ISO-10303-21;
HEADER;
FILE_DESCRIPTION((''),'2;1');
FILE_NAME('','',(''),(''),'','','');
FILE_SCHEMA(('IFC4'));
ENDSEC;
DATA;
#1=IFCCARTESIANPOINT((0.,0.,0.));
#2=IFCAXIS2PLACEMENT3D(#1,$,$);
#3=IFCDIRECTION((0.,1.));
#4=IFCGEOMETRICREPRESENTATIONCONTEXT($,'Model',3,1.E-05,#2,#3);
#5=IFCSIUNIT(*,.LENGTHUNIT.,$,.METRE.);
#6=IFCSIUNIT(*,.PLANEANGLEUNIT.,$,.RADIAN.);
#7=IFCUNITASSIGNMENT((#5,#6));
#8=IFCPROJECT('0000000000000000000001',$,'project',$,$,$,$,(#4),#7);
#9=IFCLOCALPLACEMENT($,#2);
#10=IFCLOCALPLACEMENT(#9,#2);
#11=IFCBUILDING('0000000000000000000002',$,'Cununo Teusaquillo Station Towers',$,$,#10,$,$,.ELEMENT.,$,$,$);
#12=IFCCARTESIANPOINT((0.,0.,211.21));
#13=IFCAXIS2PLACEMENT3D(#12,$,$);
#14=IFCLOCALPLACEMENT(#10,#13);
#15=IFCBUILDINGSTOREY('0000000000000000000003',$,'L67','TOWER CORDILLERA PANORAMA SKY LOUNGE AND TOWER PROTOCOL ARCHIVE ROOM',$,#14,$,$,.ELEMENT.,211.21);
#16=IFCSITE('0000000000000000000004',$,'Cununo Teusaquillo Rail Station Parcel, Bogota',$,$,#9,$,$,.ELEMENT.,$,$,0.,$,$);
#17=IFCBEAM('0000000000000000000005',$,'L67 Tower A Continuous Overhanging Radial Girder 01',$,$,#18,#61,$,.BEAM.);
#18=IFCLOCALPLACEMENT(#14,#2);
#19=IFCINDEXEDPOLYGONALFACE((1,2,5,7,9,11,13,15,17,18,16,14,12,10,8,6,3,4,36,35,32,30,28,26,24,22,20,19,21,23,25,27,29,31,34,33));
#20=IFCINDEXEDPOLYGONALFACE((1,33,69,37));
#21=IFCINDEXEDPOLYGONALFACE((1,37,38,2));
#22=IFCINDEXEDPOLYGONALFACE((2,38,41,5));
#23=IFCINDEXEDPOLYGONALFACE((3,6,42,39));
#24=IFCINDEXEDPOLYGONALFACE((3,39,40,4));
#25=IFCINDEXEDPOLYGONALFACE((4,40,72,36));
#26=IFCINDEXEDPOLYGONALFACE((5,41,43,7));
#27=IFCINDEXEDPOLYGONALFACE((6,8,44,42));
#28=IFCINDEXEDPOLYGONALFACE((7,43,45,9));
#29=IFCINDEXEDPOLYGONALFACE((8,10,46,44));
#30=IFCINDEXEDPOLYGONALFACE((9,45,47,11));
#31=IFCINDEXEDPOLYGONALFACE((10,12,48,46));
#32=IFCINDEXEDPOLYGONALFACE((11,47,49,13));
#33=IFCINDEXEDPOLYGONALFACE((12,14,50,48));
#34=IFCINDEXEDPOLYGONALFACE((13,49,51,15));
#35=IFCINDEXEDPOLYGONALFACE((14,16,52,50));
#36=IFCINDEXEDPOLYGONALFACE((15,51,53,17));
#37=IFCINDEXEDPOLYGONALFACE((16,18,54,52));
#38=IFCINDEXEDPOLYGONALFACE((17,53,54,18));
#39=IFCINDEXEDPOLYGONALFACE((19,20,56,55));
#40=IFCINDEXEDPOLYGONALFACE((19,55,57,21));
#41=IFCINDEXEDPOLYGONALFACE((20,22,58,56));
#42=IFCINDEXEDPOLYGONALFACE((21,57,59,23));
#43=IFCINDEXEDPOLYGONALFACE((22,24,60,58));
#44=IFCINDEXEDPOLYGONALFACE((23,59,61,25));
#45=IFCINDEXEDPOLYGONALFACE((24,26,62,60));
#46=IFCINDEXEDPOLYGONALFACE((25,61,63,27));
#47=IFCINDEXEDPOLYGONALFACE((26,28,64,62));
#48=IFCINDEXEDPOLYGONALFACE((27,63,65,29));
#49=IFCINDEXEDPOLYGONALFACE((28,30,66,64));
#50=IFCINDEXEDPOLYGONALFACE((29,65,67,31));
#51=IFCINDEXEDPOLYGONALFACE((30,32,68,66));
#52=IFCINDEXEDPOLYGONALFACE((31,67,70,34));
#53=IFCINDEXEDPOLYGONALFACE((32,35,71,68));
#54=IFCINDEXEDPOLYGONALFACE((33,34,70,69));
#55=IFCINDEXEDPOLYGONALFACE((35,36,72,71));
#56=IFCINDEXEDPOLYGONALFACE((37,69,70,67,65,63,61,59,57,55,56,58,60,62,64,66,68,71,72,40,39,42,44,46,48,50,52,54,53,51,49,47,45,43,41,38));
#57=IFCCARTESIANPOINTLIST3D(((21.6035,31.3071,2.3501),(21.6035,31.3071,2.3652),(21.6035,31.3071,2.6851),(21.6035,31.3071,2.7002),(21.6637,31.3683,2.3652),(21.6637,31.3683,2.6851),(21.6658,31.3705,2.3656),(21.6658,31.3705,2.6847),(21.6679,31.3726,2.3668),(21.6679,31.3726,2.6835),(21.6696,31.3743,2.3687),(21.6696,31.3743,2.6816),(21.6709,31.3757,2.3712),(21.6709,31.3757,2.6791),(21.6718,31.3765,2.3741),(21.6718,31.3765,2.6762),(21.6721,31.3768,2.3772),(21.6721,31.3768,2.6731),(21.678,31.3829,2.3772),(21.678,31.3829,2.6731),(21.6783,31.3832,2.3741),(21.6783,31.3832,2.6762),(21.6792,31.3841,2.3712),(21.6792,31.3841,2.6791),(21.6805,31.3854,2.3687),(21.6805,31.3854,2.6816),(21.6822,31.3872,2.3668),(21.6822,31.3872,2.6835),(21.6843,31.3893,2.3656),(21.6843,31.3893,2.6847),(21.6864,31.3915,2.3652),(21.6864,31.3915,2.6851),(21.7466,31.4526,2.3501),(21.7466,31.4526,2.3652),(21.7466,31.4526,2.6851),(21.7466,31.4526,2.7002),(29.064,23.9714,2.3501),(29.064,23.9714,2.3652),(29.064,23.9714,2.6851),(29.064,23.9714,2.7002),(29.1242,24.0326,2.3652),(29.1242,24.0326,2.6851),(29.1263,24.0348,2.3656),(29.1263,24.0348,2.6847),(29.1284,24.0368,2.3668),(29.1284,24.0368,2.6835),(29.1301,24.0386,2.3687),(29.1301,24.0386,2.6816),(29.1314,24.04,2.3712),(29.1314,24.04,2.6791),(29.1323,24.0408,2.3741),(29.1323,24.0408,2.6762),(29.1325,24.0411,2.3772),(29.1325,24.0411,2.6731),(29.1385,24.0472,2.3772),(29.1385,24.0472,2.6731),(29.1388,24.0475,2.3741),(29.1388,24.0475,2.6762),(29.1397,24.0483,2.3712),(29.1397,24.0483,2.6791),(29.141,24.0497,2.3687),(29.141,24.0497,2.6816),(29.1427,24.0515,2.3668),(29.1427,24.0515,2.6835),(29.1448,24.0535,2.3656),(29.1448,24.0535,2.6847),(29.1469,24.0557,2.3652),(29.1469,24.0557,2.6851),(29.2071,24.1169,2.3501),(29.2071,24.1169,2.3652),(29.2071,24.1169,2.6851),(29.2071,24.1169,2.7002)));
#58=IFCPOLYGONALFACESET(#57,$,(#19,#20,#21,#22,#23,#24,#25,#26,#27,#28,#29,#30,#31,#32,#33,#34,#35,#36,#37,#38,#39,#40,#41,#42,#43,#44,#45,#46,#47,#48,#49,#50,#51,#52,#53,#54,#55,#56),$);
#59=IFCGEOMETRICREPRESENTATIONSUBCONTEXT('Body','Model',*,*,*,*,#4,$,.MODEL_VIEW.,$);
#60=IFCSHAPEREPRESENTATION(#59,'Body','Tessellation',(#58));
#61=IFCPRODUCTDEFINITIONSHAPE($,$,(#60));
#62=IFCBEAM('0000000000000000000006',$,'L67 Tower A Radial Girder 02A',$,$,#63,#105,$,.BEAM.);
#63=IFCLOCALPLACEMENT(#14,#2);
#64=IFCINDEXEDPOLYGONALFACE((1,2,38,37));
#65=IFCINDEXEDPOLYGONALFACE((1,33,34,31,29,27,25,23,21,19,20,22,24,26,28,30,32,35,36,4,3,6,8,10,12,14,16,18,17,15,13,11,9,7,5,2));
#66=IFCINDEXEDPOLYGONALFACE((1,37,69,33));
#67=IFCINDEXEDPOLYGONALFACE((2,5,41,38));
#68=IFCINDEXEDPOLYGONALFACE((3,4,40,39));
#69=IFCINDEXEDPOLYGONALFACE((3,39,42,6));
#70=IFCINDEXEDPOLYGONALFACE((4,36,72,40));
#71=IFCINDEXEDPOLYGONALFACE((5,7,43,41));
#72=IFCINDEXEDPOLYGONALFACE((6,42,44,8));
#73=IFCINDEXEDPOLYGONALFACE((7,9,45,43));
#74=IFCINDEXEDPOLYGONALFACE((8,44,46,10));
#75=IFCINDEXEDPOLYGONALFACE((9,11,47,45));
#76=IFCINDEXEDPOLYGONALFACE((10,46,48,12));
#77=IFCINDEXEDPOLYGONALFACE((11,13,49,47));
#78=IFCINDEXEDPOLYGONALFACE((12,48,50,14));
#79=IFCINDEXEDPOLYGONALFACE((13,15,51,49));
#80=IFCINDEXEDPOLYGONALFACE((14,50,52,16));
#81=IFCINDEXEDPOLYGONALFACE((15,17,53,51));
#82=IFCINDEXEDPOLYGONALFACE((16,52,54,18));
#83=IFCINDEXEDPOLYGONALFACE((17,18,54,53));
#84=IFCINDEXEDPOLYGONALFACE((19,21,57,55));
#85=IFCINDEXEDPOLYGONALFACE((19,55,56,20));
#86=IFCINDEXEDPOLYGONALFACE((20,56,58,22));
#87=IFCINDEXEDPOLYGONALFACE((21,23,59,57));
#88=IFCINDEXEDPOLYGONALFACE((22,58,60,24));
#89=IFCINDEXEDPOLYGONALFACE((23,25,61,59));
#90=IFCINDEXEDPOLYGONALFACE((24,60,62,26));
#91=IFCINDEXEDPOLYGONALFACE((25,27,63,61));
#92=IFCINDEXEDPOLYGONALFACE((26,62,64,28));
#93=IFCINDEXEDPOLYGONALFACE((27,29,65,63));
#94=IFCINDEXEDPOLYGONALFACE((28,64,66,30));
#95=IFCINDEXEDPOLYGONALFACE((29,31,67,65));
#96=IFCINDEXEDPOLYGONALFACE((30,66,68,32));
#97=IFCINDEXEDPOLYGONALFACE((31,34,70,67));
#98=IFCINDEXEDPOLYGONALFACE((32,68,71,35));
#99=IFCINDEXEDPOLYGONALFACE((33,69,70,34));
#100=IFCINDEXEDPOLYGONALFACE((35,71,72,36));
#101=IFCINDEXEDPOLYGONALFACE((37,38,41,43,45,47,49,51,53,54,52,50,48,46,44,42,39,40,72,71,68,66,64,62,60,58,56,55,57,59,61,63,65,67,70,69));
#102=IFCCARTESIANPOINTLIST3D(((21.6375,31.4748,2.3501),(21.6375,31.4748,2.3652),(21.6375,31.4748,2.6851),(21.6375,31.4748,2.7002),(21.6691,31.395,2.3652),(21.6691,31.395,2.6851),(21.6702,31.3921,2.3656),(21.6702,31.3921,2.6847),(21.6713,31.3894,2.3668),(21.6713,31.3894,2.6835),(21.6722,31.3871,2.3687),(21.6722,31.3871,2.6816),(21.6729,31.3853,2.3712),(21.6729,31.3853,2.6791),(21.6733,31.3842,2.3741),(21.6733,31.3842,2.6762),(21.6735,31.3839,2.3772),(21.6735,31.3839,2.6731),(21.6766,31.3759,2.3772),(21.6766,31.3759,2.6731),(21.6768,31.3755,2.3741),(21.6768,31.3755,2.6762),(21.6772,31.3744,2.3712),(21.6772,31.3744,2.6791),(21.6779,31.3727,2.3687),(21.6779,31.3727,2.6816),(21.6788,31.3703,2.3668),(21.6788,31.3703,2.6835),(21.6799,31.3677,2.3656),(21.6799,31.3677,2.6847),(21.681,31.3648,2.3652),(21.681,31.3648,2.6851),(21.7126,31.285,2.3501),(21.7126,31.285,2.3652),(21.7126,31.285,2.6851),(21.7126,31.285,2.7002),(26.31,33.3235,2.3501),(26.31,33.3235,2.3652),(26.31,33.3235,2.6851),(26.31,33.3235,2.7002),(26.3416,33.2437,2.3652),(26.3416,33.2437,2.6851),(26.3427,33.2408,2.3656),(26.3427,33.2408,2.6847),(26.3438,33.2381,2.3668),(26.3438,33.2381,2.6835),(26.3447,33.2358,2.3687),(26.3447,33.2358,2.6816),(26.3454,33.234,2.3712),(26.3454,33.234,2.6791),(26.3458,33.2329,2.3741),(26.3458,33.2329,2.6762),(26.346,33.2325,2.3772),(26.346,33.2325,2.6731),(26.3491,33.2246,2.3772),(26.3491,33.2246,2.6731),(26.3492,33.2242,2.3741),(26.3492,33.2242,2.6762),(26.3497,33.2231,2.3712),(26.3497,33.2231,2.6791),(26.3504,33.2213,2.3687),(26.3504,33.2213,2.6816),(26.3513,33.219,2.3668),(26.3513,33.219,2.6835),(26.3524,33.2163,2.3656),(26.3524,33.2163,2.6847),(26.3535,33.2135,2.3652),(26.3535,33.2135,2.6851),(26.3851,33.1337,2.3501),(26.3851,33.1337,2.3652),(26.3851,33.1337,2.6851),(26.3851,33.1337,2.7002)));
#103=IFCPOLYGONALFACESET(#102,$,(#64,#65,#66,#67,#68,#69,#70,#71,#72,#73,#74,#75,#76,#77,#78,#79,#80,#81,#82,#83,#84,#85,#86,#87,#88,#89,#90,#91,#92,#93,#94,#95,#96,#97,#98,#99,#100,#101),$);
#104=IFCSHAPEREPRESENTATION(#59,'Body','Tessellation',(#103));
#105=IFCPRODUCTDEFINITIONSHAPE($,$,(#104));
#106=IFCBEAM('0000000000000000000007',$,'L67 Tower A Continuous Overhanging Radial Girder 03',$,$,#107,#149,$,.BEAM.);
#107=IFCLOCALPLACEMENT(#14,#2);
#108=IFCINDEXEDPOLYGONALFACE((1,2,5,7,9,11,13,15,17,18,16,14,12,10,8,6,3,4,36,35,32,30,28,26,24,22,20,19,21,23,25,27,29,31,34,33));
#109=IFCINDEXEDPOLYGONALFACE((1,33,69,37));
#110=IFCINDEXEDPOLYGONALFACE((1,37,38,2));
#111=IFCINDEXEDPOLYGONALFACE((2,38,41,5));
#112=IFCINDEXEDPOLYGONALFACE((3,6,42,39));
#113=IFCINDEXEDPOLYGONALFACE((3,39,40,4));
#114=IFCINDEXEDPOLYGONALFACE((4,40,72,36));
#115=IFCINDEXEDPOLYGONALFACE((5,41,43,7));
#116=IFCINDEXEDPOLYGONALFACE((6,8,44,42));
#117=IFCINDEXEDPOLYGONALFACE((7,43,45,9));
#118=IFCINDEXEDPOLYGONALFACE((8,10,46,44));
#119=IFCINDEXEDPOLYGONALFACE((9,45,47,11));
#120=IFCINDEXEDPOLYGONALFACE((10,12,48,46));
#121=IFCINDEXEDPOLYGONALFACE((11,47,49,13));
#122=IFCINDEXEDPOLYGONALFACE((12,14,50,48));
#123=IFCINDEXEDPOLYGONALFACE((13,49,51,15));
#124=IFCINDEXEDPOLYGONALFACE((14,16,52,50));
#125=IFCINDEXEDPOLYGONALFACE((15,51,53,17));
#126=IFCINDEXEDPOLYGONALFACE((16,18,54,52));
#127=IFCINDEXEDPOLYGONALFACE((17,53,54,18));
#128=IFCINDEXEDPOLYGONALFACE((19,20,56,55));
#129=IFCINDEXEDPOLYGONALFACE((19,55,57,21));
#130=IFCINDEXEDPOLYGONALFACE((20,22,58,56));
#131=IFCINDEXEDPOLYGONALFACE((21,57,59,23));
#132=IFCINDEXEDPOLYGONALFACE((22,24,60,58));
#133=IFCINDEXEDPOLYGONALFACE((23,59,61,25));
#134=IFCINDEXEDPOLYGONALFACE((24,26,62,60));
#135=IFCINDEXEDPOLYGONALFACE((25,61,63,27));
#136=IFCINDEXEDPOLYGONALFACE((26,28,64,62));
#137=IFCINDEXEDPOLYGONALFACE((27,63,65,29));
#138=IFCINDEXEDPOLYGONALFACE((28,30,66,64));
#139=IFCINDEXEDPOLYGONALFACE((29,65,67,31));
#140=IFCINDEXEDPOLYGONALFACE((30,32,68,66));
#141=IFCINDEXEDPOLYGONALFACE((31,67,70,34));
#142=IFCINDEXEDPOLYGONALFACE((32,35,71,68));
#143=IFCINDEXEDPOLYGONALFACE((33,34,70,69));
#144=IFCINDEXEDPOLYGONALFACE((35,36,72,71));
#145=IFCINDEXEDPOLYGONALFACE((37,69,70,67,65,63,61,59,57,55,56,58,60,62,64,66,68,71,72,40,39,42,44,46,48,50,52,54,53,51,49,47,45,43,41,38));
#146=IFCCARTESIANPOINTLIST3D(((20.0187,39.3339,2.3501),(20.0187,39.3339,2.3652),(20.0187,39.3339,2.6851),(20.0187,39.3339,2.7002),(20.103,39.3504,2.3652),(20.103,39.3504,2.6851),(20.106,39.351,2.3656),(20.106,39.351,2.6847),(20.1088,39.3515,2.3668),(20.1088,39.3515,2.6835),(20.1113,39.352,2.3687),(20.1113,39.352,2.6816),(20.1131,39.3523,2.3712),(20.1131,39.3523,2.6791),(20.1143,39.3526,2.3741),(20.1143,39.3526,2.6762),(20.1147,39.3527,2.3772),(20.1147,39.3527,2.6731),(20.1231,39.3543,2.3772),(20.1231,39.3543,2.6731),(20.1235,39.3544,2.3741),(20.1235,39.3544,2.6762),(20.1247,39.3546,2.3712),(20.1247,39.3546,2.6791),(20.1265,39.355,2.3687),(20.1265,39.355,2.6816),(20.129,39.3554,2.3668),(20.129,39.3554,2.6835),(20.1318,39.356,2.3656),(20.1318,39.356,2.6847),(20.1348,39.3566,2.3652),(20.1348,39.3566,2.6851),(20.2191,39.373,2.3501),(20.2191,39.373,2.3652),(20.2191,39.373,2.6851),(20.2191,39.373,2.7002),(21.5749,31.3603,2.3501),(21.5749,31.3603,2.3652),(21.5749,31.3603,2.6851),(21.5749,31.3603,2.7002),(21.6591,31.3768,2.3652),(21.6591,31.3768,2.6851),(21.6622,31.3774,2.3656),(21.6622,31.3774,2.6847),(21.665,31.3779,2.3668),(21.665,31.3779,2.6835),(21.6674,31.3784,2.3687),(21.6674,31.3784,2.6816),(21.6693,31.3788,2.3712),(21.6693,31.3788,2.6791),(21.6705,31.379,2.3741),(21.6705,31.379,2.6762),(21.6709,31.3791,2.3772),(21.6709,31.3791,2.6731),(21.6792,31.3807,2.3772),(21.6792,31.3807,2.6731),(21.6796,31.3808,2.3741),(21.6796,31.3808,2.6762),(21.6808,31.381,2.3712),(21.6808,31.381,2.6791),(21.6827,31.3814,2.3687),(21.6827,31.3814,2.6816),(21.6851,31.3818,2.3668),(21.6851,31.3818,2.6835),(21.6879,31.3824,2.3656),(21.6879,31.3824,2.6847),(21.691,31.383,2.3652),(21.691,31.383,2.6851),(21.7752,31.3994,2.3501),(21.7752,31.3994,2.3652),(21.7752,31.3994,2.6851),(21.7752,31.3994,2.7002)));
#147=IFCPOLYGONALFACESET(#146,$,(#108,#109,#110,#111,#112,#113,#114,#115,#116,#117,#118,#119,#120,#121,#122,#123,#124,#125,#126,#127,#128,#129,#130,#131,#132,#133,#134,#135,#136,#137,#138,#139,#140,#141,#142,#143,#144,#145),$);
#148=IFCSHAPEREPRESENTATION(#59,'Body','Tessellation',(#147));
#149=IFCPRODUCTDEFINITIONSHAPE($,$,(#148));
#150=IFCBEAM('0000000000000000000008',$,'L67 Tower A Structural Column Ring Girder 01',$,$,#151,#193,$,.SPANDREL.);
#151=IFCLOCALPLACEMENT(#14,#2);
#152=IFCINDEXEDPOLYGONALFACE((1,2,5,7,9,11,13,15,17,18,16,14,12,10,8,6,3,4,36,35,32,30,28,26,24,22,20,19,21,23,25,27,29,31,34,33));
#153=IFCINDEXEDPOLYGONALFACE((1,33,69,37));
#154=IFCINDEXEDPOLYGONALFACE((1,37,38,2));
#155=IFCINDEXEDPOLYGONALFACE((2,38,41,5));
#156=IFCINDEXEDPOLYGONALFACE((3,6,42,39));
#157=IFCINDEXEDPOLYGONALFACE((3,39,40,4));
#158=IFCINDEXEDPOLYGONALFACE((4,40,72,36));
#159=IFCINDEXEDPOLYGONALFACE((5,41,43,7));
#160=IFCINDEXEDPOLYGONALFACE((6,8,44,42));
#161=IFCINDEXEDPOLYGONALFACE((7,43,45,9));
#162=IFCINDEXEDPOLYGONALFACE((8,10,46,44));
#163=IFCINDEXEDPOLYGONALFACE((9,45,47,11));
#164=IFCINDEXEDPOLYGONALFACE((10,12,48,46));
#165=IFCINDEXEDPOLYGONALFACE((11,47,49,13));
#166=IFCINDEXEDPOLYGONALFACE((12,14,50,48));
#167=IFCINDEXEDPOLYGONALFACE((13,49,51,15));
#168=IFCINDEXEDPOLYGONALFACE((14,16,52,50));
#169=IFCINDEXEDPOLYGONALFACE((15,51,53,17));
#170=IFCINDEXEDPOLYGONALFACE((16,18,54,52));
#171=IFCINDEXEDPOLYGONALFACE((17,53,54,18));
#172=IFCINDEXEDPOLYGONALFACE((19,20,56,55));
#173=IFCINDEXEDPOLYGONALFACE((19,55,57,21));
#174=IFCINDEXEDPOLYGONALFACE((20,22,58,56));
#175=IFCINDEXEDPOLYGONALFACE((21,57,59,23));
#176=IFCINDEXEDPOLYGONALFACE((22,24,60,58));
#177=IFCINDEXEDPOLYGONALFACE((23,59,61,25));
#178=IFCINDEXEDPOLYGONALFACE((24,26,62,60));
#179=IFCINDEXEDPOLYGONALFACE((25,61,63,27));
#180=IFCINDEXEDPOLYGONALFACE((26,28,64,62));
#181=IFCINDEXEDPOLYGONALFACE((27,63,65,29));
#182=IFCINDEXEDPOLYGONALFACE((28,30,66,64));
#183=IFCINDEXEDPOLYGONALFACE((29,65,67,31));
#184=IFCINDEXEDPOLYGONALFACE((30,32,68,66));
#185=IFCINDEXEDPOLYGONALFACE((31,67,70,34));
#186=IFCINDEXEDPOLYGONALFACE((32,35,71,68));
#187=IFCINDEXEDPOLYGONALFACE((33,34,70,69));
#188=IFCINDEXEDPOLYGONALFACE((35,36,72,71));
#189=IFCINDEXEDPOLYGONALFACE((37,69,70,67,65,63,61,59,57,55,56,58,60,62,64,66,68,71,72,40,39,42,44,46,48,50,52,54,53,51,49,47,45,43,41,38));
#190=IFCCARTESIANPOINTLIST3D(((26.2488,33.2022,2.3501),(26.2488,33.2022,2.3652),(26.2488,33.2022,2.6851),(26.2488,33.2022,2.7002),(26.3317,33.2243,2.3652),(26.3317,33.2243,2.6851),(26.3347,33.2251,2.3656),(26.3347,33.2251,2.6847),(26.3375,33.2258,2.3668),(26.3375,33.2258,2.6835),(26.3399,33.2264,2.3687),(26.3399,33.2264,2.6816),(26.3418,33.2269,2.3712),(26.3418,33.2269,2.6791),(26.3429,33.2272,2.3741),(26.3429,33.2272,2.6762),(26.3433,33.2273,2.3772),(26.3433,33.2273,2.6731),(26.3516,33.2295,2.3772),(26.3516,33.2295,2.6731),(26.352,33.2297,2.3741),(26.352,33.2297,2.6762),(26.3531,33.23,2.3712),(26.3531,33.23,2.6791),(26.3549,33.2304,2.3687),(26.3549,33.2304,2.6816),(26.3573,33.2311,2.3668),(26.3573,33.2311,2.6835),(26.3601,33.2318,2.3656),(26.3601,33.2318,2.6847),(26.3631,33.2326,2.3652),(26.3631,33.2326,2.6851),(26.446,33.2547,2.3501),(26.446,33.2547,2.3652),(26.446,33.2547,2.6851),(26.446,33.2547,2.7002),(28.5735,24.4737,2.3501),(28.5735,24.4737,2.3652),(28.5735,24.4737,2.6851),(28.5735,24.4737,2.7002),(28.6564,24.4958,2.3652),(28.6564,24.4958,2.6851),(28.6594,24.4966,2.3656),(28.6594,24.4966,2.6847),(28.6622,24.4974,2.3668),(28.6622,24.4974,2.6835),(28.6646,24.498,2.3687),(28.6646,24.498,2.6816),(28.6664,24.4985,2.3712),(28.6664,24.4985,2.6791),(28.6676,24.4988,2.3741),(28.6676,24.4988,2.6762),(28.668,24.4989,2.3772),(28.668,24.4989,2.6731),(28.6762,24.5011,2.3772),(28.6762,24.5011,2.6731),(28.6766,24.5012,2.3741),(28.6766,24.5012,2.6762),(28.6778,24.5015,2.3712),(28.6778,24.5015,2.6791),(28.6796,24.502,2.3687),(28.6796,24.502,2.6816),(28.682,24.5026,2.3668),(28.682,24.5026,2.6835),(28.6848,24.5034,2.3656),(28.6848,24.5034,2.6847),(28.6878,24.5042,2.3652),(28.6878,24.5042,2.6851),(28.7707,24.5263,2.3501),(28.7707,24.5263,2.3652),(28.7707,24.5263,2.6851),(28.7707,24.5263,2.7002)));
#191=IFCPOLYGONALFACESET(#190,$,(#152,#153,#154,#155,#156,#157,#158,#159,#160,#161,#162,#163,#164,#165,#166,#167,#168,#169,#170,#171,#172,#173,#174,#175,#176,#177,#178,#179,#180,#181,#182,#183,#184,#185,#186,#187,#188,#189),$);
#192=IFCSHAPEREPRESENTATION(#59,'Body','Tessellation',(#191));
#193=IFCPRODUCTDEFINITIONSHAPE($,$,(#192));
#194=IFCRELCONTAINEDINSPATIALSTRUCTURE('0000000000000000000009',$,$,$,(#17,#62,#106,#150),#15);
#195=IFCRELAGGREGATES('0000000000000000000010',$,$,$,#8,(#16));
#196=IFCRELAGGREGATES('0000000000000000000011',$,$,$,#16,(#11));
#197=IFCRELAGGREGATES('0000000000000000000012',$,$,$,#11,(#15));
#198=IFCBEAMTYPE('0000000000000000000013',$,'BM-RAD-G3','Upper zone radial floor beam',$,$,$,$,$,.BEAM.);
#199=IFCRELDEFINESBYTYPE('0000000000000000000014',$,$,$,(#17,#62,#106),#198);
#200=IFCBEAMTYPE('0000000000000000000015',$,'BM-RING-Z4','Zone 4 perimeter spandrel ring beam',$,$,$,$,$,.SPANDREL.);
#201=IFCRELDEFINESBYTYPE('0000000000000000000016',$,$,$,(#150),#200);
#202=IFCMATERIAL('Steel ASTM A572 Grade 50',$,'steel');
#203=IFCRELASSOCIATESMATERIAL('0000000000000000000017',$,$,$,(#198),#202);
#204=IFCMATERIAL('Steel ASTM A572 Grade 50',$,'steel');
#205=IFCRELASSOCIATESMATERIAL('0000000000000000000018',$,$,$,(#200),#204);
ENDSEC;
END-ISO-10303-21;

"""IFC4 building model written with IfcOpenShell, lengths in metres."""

from ifc_helpers import new_model, si_unit, direction, frame, origin, origin_2d, place, context, subcontext, project, spatial, i_section, extrude, material, material_profile, profile_set, type_object, element, save


model = new_model("IFC4")

# Units and contexts
model_context = context("Model", 3, precision=1e-05, world=origin(), true_north=direction((0.0, 1.0)))
body_context = subcontext(model_context, "Body", "Model", "MODEL_VIEW")
ifc_project = project(units=[si_unit("LENGTHUNIT", "METRE"), si_unit("PLANEANGLEUNIT", "RADIAN")], contexts=[model_context])

# Site, building, storey
site_placement = place(None, origin())
site = spatial("IfcSite", under=ifc_project, at=site_placement, Name="Cununo Teusaquillo Rail Station Parcel, Bogota", CompositionType="ELEMENT", RefElevation=0.0)
building_placement = place(site_placement, origin())
building = spatial("IfcBuilding", under=site, at=building_placement, Name="Cununo Teusaquillo Station Towers", CompositionType="ELEMENT")
storey_placement = place(building_placement, frame((0.0, 0.0, 211.21)))
storey = spatial("IfcBuildingStorey", under=building, at=storey_placement, Name="L67", Description="TOWER CORDILLERA PANORAMA SKY LOUNGE AND TOWER PROTOCOL ARCHIVE ROOM", CompositionType="ELEMENT", Elevation=211.21)

# Beams
ifc_material_1 = material(Name="Steel ASTM A572 Grade 50", Category="steel")
ifc_material_profile_1 = material_profile(ifc_material_1, i_section(OverallWidth=0.2041, OverallDepth=0.3501, WebThickness=0.0085, FlangeThickness=0.0151, FilletRadius=0.012, at=origin_2d()), Name="W14X48")
ifc_profile_set_1 = profile_set([ifc_material_profile_1], Name="Steel ASTM A572 Grade 50")
beam_type_1 = type_object("IfcBeamType", Name="BM-RAD-G3", Description="Upper zone radial floor beam", PredefinedType="BEAM", material=ifc_profile_set_1)
beam_1_placement = place(storey_placement, frame((21.675, 31.3799, 2.5251), z_axis=(0.713044, -0.70112, 0.0), x_axis=(0.70112, 0.713044, 0.0)))
element("IfcBeam", 1, at=beam_1_placement, inside=storey, type_object=beam_type_1, Name="L67 Tower A Continuous Overhanging Radial Girder 01", PredefinedType="BEAM", context=body_context, shape_type="SweptSolid", body=[
    extrude(i_section(OverallWidth=0.2041, OverallDepth=0.3501, WebThickness=0.0085, FlangeThickness=0.0151, FilletRadius=0.012, at=origin_2d()), origin(), (0.0, 0.0, 1.0), 10.4629),
])
beam_2_placement = place(storey_placement, frame((21.675, 31.3799, 2.5251), z_axis=(0.929864, 0.367903, 0.0), x_axis=(-0.367903, 0.929864, 0.0)))
element("IfcBeam", 2, at=beam_2_placement, inside=storey, type_object=beam_type_1, Name="L67 Tower A Radial Girder 02A", PredefinedType="BEAM", context=body_context, shape_type="SweptSolid", body=[
    extrude(i_section(OverallWidth=0.2041, OverallDepth=0.3501, WebThickness=0.0085, FlangeThickness=0.0151, FilletRadius=0.012, at=origin_2d()), origin(), (0.0, 0.0, 1.0), 5.0249),
])
beam_3_placement = place(storey_placement, frame((21.675, 31.3799, 2.5251), z_axis=(-0.191548, 0.981483, 0.0), x_axis=(-0.981483, -0.191548, 0.0)))
element("IfcBeam", 3, at=beam_3_placement, inside=storey, type_object=beam_type_1, Name="L67 Tower A Continuous Overhanging Radial Girder 03", PredefinedType="BEAM", context=body_context, shape_type="SweptSolid", body=[
    extrude(i_section(OverallWidth=0.2041, OverallDepth=0.3501, WebThickness=0.0085, FlangeThickness=0.0151, FilletRadius=0.012, at=origin_2d()), origin(), (0.0, 0.0, 1.0), 8.124),
])
ifc_material_2 = material(Name="Steel ASTM A572 Grade 50", Category="steel")
ifc_material_profile_2 = material_profile(ifc_material_2, i_section(OverallWidth=0.2041, OverallDepth=0.3501, WebThickness=0.0085, FlangeThickness=0.0151, FilletRadius=0.012, at=origin_2d()), Name="W14X48")
ifc_profile_set_2 = profile_set([ifc_material_profile_2], Name="Steel ASTM A572 Grade 50")
beam_type_2 = type_object("IfcBeamType", Name="BM-RING-Z4", Description="Zone 4 perimeter spandrel ring beam", PredefinedType="SPANDREL", material=ifc_profile_set_2)
beam_4_placement = place(storey_placement, frame((28.6721, 24.5, 2.5251), z_axis=(-0.257363, 0.966315, 0.0), x_axis=(-0.966315, -0.257363, 0.0)))
element("IfcBeam", 4, at=beam_4_placement, inside=storey, type_object=beam_type_2, Name="L67 Tower A Structural Column Ring Girder 01", PredefinedType="SPANDREL", context=body_context, shape_type="SweptSolid", body=[
    extrude(i_section(OverallWidth=0.2041, OverallDepth=0.3501, WebThickness=0.0085, FlangeThickness=0.0151, FilletRadius=0.012, at=origin_2d()), origin(), (0.0, 0.0, 1.0), 9.0327),
])

save(model, "model.ifc")
